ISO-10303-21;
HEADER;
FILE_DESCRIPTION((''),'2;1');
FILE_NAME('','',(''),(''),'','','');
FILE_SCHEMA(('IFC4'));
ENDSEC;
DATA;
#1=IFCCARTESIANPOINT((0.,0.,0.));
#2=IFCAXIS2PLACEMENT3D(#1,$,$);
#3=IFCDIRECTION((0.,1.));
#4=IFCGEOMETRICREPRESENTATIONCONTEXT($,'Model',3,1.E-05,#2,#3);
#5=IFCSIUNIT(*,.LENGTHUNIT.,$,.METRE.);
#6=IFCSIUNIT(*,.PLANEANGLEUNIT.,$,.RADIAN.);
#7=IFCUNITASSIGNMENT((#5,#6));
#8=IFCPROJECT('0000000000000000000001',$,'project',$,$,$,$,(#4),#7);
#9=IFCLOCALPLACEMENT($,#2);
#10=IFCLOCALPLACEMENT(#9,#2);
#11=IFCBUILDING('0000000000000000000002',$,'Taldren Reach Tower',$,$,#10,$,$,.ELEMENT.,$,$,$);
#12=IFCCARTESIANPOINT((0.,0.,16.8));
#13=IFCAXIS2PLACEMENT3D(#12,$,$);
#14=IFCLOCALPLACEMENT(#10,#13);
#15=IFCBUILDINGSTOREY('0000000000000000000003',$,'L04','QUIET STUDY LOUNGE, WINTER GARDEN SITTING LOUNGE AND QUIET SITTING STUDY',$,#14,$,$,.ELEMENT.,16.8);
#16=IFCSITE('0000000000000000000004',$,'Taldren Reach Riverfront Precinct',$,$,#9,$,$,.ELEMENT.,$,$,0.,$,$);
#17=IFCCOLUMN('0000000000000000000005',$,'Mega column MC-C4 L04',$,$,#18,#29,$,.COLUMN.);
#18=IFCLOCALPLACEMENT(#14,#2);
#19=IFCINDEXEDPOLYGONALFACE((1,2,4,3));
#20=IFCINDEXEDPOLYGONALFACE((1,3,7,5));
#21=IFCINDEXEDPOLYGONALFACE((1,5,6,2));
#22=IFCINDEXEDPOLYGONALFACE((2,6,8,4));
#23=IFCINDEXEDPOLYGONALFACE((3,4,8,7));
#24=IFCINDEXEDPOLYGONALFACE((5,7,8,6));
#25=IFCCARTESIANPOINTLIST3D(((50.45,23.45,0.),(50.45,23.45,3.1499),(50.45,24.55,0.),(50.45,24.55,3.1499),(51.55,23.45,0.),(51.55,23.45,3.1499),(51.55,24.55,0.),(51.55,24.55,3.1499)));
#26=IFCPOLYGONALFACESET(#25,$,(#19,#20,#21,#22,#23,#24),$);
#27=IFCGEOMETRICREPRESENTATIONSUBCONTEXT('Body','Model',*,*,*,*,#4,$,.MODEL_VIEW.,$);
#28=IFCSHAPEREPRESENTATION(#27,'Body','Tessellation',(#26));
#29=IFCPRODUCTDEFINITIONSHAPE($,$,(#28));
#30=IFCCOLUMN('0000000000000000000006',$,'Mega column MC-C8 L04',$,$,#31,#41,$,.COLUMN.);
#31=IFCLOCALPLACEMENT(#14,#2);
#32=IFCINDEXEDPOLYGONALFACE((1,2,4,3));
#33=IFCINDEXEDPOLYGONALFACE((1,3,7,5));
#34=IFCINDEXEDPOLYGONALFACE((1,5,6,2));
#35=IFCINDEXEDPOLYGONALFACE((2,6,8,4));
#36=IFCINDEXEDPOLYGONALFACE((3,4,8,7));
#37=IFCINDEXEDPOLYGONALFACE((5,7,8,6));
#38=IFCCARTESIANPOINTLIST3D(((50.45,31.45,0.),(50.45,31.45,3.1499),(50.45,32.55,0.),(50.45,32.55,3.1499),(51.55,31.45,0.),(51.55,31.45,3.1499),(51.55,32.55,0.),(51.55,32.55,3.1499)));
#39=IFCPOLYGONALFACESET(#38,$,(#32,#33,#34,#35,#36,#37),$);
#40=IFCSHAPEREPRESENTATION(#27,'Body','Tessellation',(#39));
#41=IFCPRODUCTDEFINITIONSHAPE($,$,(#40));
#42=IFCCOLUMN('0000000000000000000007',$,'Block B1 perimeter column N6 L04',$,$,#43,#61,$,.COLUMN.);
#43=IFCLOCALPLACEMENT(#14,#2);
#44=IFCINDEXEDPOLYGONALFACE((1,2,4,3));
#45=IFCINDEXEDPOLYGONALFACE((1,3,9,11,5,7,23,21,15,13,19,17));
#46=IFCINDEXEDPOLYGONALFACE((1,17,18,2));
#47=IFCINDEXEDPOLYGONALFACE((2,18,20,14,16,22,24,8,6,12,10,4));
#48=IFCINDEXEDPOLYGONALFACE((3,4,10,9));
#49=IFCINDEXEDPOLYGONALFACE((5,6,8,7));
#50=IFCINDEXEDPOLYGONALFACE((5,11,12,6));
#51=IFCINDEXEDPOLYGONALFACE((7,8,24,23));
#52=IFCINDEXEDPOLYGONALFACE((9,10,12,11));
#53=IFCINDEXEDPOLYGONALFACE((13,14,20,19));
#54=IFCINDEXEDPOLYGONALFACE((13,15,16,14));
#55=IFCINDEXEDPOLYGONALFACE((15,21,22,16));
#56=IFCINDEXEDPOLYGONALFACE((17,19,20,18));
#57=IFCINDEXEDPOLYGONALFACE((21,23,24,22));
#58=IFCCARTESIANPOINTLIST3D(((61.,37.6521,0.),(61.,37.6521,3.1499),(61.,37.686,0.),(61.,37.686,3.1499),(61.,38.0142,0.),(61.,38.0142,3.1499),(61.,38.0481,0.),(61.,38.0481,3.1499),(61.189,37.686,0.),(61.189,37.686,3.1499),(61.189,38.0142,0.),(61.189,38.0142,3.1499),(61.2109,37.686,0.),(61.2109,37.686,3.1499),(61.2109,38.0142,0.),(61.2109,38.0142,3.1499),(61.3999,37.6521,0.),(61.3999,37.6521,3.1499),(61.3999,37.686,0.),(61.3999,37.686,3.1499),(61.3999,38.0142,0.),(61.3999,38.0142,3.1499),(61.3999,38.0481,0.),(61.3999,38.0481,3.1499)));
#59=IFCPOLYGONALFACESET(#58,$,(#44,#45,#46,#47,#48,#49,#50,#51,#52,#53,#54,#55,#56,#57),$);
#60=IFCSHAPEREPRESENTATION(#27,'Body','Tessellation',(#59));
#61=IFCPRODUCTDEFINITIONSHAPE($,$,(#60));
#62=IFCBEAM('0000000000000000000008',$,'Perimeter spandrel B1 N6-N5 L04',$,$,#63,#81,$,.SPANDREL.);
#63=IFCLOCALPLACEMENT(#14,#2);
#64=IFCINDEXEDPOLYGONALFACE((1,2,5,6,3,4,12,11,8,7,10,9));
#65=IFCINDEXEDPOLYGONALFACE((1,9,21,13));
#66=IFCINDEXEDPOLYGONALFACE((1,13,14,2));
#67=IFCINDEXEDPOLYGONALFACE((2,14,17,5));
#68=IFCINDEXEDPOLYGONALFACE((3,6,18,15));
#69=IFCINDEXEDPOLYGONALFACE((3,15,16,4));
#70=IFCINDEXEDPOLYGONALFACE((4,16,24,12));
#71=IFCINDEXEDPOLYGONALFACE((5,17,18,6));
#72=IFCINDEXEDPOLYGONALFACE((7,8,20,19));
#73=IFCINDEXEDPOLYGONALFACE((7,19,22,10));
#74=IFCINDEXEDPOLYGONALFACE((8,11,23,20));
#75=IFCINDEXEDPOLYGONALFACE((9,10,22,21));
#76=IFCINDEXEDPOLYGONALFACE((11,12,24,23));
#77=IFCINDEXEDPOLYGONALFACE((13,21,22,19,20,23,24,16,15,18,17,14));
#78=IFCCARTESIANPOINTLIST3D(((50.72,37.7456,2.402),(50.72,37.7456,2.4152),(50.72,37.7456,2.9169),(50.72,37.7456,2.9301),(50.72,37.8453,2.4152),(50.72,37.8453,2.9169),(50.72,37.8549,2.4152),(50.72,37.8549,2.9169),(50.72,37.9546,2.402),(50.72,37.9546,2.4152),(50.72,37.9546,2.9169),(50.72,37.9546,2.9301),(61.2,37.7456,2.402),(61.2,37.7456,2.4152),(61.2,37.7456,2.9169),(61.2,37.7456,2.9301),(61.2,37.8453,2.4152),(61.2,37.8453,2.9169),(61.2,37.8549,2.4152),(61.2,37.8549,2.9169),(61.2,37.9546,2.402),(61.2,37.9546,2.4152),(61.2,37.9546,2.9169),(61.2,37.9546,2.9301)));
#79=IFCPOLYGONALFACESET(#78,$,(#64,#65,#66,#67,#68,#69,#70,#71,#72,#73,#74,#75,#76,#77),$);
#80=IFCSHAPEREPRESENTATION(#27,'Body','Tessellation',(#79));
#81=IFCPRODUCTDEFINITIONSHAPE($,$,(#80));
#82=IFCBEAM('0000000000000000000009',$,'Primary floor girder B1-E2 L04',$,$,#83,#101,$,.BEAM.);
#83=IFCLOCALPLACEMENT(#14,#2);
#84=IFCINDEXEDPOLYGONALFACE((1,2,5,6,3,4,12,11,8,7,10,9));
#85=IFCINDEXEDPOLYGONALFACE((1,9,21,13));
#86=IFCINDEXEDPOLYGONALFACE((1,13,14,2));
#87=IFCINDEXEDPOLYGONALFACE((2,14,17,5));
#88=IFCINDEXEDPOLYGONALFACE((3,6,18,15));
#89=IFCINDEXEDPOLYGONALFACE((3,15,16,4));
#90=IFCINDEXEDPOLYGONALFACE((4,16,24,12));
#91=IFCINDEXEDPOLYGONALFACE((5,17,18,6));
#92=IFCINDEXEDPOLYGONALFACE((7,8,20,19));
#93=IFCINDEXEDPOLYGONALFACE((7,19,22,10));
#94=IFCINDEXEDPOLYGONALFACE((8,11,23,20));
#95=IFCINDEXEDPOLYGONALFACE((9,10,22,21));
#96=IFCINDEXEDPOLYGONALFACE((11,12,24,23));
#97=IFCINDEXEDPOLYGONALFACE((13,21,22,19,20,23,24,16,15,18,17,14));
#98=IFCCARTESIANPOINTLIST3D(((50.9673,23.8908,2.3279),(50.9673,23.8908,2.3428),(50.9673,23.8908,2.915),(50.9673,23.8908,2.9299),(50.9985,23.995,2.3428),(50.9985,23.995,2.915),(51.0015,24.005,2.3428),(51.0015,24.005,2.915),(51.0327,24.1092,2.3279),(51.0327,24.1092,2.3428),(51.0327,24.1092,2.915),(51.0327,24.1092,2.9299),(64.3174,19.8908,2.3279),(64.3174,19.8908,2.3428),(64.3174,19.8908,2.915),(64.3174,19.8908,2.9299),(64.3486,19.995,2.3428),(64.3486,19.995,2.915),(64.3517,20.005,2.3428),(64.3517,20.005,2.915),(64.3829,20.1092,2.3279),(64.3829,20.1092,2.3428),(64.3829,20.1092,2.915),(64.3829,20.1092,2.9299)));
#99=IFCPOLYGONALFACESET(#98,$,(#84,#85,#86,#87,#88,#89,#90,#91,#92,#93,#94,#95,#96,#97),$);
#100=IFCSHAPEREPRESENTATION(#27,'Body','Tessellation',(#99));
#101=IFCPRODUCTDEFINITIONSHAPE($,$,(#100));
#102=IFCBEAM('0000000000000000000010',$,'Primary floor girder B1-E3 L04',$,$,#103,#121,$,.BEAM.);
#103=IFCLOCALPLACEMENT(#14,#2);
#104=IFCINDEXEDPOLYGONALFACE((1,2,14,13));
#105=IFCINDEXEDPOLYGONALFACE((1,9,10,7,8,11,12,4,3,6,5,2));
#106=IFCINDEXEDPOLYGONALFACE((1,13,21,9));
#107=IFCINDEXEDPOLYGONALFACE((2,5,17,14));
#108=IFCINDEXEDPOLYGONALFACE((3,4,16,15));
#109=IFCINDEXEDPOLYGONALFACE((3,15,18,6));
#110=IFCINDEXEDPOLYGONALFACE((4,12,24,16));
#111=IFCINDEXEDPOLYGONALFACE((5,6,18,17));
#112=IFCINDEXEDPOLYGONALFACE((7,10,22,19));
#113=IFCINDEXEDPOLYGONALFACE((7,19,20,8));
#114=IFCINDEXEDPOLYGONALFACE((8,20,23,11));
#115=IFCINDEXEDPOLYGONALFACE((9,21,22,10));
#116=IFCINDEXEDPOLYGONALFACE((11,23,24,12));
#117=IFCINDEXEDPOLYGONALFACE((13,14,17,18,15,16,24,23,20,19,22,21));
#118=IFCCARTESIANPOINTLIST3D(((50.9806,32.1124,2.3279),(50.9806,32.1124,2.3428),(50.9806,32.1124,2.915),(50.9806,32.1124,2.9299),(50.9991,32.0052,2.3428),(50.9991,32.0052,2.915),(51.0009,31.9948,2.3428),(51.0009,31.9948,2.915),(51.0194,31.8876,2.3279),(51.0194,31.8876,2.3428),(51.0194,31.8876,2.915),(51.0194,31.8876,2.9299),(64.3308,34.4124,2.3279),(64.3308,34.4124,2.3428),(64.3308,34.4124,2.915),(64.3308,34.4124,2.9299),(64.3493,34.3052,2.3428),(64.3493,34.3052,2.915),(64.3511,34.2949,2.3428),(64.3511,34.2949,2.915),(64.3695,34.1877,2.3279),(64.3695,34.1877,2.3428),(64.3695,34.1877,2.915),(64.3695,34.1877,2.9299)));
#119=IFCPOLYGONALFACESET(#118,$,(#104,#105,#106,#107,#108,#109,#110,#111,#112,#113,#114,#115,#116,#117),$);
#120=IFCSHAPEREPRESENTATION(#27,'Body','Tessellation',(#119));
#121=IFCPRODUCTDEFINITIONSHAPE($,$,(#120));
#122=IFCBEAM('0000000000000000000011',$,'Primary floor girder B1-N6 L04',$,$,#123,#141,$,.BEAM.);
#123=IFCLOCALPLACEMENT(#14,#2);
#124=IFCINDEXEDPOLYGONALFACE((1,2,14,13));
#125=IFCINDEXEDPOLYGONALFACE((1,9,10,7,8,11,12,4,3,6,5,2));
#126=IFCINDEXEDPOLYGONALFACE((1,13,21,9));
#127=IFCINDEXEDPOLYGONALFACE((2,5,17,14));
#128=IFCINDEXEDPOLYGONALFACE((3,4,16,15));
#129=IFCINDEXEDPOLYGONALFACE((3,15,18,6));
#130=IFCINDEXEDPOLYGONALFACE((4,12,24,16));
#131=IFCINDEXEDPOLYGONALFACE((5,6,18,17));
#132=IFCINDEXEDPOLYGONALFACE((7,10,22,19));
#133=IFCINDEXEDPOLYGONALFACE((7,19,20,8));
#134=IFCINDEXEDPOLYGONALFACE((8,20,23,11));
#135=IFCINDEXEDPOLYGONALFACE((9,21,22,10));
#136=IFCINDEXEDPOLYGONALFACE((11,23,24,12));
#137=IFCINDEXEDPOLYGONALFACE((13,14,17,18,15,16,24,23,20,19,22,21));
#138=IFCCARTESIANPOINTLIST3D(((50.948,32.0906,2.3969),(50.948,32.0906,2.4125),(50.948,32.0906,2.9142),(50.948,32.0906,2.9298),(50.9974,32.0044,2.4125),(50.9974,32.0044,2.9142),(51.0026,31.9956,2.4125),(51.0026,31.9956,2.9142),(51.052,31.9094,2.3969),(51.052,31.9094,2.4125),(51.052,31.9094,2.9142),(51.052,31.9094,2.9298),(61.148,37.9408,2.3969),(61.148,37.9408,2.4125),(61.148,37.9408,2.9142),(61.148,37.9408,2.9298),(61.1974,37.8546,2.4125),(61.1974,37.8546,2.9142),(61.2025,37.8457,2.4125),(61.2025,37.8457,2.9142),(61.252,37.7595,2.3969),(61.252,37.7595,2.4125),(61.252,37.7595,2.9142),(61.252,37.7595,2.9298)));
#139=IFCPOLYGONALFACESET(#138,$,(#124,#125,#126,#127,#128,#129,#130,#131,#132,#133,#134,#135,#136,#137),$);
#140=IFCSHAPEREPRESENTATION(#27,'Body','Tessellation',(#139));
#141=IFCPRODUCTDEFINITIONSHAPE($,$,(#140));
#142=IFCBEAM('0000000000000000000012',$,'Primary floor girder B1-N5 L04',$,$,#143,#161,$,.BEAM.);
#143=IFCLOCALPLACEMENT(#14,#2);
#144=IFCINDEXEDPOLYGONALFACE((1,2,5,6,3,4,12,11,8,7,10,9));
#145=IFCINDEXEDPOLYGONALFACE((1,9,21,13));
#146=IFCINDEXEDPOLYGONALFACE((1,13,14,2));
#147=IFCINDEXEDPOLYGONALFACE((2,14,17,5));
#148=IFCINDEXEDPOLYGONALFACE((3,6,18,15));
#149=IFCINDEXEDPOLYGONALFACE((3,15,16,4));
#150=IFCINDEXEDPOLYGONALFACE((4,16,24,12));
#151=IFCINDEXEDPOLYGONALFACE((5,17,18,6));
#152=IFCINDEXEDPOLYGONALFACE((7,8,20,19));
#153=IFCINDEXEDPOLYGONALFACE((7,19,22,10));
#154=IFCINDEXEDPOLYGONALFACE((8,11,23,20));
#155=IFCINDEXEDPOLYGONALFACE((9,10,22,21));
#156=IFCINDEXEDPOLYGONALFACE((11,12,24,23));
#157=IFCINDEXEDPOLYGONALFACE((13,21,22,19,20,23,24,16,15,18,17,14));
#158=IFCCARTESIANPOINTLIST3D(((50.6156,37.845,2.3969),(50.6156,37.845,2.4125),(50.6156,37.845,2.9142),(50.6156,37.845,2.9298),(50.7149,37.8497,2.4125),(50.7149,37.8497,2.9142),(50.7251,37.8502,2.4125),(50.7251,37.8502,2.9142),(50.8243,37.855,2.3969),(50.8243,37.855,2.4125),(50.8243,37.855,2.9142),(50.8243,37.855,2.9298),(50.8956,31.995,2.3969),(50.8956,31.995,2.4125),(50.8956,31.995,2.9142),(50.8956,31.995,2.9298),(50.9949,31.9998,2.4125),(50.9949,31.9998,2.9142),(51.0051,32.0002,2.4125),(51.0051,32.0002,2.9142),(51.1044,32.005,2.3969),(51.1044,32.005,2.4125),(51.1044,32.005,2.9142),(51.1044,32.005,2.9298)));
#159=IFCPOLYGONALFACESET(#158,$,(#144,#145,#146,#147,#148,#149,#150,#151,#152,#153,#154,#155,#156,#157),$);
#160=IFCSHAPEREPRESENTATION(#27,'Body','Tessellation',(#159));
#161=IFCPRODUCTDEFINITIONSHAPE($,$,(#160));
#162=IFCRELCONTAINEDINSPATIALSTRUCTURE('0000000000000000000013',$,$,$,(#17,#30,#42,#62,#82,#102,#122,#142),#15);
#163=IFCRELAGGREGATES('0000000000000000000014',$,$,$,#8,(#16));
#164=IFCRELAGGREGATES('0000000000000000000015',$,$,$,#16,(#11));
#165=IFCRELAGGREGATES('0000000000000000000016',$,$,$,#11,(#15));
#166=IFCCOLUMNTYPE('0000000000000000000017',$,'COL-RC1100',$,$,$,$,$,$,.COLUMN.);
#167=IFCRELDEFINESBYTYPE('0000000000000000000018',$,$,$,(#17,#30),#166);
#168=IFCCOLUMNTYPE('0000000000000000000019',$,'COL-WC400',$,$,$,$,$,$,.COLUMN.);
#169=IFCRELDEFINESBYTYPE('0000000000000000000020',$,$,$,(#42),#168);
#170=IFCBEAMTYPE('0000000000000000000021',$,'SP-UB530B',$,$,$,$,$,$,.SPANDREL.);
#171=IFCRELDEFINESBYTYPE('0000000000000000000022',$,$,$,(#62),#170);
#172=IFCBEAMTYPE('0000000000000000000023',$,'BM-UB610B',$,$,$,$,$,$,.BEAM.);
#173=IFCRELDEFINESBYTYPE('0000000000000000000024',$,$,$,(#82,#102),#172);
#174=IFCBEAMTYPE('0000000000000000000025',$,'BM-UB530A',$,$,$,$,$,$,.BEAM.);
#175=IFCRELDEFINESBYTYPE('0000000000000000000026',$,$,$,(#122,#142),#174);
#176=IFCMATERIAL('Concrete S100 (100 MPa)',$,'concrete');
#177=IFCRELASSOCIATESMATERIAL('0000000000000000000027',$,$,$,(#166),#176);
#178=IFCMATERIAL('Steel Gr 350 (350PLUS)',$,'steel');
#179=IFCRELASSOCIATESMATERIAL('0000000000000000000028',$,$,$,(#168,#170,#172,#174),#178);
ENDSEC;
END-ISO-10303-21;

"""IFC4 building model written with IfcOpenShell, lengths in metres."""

from ifc_helpers import new_model, si_unit, direction, frame, origin, origin_2d, place, context, subcontext, project, spatial, rectangle, i_section, extrude, source, transform, mapped, material, material_profile, profile_set, type_object, element, save


model = new_model("IFC4")

# Units and contexts
model_context = context("Model", 3, precision=1e-05, world=origin(), true_north=direction((0.0, 1.0)))
body_context = subcontext(model_context, "Body", "Model", "MODEL_VIEW")
ifc_project = project(units=[si_unit("LENGTHUNIT", "METRE"), si_unit("PLANEANGLEUNIT", "RADIAN")], contexts=[model_context])

# Site, building, storey
site_placement = place(None, origin())
site = spatial("IfcSite", under=ifc_project, at=site_placement, Name="Taldren Reach Riverfront Precinct", CompositionType="ELEMENT", RefElevation=0.0)
building_placement = place(site_placement, origin())
building = spatial("IfcBuilding", under=site, at=building_placement, Name="Taldren Reach Tower", CompositionType="ELEMENT")
storey_placement = place(building_placement, frame((0.0, 0.0, 16.8)))
storey = spatial("IfcBuildingStorey", under=building, at=storey_placement, Name="L04", Description="QUIET STUDY LOUNGE, WINTER GARDEN SITTING LOUNGE AND QUIET SITTING STUDY", CompositionType="ELEMENT", Elevation=16.8)

# Columns
ifc_material_1 = material(Name="Concrete S100 (100 MPa)", Category="concrete")
ifc_material_profile_1 = material_profile(ifc_material_1, rectangle(XDim=1.1001, YDim=1.1001, at=origin_2d()), Name="RC-1100x1100")
ifc_profile_set_1 = profile_set([ifc_material_profile_1], Name="Concrete S100 (100 MPa)")
column_type_1 = type_object("IfcColumnType", Name="COL-RC1100", PredefinedType="COLUMN", material=ifc_profile_set_1)
shared_shape_1 = source(origin(), body_context, "Body", "SweptSolid", [
    extrude(rectangle(XDim=1.1001, YDim=1.1001, at=origin_2d()), origin(), (0.0, 0.0, 1.0), 3.1499),
])
for number, where, z_axis, x_axis, name in (
    (1, (51.0, 24.0, 0.0), (0.0, 0.0, 1.0), (1.0, 0.0, 0.0), "Mega column MC-C4 L04"),
    (2, (51.0, 32.0, 0.0), (0.0, 0.0, 1.0), (1.0, 0.0, 0.0), "Mega column MC-C8 L04"),
):
    element("IfcColumn", number, at=place(storey_placement, frame(where, z_axis=z_axis, x_axis=x_axis)), inside=storey, type_object=column_type_1, Name=name, PredefinedType="COLUMN", context=body_context, shape_type="MappedRepresentation", body=[
        mapped(shared_shape_1, transform((0.0, 0.0, 0.0), scale=1.0)),
    ])
ifc_material_2 = material(Name="Steel Gr 350 (350PLUS)", Category="steel")
ifc_material_profile_2 = material_profile(ifc_material_2, i_section(OverallWidth=0.3999, OverallDepth=0.396, WebThickness=0.022, FlangeThickness=0.0339, at=origin_2d()), Name="400WC270")
ifc_profile_set_2 = profile_set([ifc_material_profile_2], Name="Steel Gr 350 (350PLUS)")
column_type_2 = type_object("IfcColumnType", Name="COL-WC400", PredefinedType="COLUMN", material=ifc_profile_set_2)
shared_shape_2 = source(origin(), body_context, "Body", "SweptSolid", [
    extrude(i_section(OverallWidth=0.3999, OverallDepth=0.396, WebThickness=0.022, FlangeThickness=0.0339, at=origin_2d()), origin(), (0.0, 0.0, 1.0), 3.1499),
])
column_placement = place(storey_placement, frame((61.2, 37.8501, 0.0), z_axis=(0.0, 0.0, 1.0), x_axis=(1.0, 0.0, 0.0)))
element("IfcColumn", 3, at=column_placement, inside=storey, type_object=column_type_2, Name="Block B1 perimeter column N6 L04", PredefinedType="COLUMN", context=body_context, shape_type="MappedRepresentation", body=[
    mapped(shared_shape_2, transform((0.0, 0.0, 0.0), scale=1.0)),
])

# Beams
ifc_material_profile_3 = material_profile(ifc_material_2, i_section(OverallWidth=0.209, OverallDepth=0.5281, WebThickness=0.0095, FlangeThickness=0.0132, at=origin_2d()), Name="530UB82.0")
ifc_profile_set_3 = profile_set([ifc_material_profile_3], Name="Steel Gr 350 (350PLUS)")
beam_type_1 = type_object("IfcBeamType", Name="SP-UB530B", PredefinedType="SPANDREL", material=ifc_profile_set_3)
shared_shape_3 = source(origin(), body_context, "Body", "SweptSolid", [
    extrude(i_section(OverallWidth=0.209, OverallDepth=0.5281, WebThickness=0.0095, FlangeThickness=0.0132, at=origin_2d()), origin(), (0.0, 0.0, 1.0), 10.48),
])
beam_1_placement = place(storey_placement, frame((61.2, 37.8501, 2.666), z_axis=(-1.0, 0.0, 0.0), x_axis=(0.0, -1.0, 0.0)))
element("IfcBeam", 4, at=beam_1_placement, inside=storey, type_object=beam_type_1, Name="Perimeter spandrel B1 N6-N5 L04", PredefinedType="SPANDREL", context=body_context, shape_type="MappedRepresentation", body=[
    mapped(shared_shape_3, transform((0.0, 0.0, 0.0), scale=1.0)),
])
ifc_material_profile_4 = material_profile(ifc_material_2, i_section(OverallWidth=0.228, OverallDepth=0.6021, WebThickness=0.0105, FlangeThickness=0.0149, at=origin_2d()), Name="610UB101")
ifc_profile_set_4 = profile_set([ifc_material_profile_4], Name="Steel Gr 350 (350PLUS)")
beam_type_2 = type_object("IfcBeamType", Name="BM-UB610B", PredefinedType="BEAM", material=ifc_profile_set_4)
shared_shape_4 = source(origin(), body_context, "Body", "SweptSolid", [
    extrude(i_section(OverallWidth=0.228, OverallDepth=0.6021, WebThickness=0.0105, FlangeThickness=0.0149, at=origin_2d()), origin(), (0.0, 0.0, 1.0), 13.9365),
])
beam_2_placement = place(storey_placement, frame((51.0, 24.0, 2.6289), z_axis=(0.957926, -0.287017, 0.0), x_axis=(0.287017, 0.957926, 0.0)))
element("IfcBeam", 5, at=beam_2_placement, inside=storey, type_object=beam_type_2, Name="Primary floor girder B1-E2 L04", PredefinedType="BEAM", context=body_context, shape_type="MappedRepresentation", body=[
    mapped(shared_shape_4, transform((0.0, 0.0, 0.0), scale=1.0)),
])
shared_shape_5 = source(origin(), body_context, "Body", "SweptSolid", [
    extrude(i_section(OverallWidth=0.228, OverallDepth=0.6021, WebThickness=0.0105, FlangeThickness=0.0149, at=origin_2d()), origin(), (0.0, 0.0, 1.0), 13.5469),
])
beam_3_placement = place(storey_placement, frame((51.0, 32.0, 2.6289), z_axis=(0.985481, 0.169786, 0.0), x_axis=(-0.169786, 0.985481, 0.0)))
element("IfcBeam", 6, at=beam_3_placement, inside=storey, type_object=beam_type_2, Name="Primary floor girder B1-E3 L04", PredefinedType="BEAM", context=body_context, shape_type="MappedRepresentation", body=[
    mapped(shared_shape_5, transform((0.0, 0.0, 0.0), scale=1.0)),
])
ifc_material_profile_5 = material_profile(ifc_material_2, i_section(OverallWidth=0.209, OverallDepth=0.533, WebThickness=0.0103, FlangeThickness=0.0156, at=origin_2d()), Name="530UB92.4")
ifc_profile_set_5 = profile_set([ifc_material_profile_5], Name="Steel Gr 350 (350PLUS)")
beam_type_3 = type_object("IfcBeamType", Name="BM-UB530A", PredefinedType="BEAM", material=ifc_profile_set_5)
shared_shape_6 = source(origin(), body_context, "Body", "SweptSolid", [
    extrude(i_section(OverallWidth=0.209, OverallDepth=0.533, WebThickness=0.0103, FlangeThickness=0.0156, at=origin_2d()), origin(), (0.0, 0.0, 1.0), 11.7585),
])
beam_4_placement = place(storey_placement, frame((51.0, 32.0, 2.6633), z_axis=(0.867452, 0.49752, 0.0), x_axis=(-0.49752, 0.867452, 0.0)))
element("IfcBeam", 7, at=beam_4_placement, inside=storey, type_object=beam_type_3, Name="Primary floor girder B1-N6 L04", PredefinedType="BEAM", context=body_context, shape_type="MappedRepresentation", body=[
    mapped(shared_shape_6, transform((0.0, 0.0, 0.0), scale=1.0)),
])
shared_shape_7 = source(origin(), body_context, "Body", "SweptSolid", [
    extrude(i_section(OverallWidth=0.209, OverallDepth=0.533, WebThickness=0.0103, FlangeThickness=0.0156, at=origin_2d()), origin(), (0.0, 0.0, 1.0), 5.8567),
])
beam_5_placement = place(storey_placement, frame((51.0, 32.0, 2.6633), z_axis=(-0.047813, 0.998856, 0.0), x_axis=(-0.998856, -0.047813, 0.0)))
element("IfcBeam", 8, at=beam_5_placement, inside=storey, type_object=beam_type_3, Name="Primary floor girder B1-N5 L04", PredefinedType="BEAM", context=body_context, shape_type="MappedRepresentation", body=[
    mapped(shared_shape_7, transform((0.0, 0.0, 0.0), scale=1.0)),
])

save(model, "model.ifc")
